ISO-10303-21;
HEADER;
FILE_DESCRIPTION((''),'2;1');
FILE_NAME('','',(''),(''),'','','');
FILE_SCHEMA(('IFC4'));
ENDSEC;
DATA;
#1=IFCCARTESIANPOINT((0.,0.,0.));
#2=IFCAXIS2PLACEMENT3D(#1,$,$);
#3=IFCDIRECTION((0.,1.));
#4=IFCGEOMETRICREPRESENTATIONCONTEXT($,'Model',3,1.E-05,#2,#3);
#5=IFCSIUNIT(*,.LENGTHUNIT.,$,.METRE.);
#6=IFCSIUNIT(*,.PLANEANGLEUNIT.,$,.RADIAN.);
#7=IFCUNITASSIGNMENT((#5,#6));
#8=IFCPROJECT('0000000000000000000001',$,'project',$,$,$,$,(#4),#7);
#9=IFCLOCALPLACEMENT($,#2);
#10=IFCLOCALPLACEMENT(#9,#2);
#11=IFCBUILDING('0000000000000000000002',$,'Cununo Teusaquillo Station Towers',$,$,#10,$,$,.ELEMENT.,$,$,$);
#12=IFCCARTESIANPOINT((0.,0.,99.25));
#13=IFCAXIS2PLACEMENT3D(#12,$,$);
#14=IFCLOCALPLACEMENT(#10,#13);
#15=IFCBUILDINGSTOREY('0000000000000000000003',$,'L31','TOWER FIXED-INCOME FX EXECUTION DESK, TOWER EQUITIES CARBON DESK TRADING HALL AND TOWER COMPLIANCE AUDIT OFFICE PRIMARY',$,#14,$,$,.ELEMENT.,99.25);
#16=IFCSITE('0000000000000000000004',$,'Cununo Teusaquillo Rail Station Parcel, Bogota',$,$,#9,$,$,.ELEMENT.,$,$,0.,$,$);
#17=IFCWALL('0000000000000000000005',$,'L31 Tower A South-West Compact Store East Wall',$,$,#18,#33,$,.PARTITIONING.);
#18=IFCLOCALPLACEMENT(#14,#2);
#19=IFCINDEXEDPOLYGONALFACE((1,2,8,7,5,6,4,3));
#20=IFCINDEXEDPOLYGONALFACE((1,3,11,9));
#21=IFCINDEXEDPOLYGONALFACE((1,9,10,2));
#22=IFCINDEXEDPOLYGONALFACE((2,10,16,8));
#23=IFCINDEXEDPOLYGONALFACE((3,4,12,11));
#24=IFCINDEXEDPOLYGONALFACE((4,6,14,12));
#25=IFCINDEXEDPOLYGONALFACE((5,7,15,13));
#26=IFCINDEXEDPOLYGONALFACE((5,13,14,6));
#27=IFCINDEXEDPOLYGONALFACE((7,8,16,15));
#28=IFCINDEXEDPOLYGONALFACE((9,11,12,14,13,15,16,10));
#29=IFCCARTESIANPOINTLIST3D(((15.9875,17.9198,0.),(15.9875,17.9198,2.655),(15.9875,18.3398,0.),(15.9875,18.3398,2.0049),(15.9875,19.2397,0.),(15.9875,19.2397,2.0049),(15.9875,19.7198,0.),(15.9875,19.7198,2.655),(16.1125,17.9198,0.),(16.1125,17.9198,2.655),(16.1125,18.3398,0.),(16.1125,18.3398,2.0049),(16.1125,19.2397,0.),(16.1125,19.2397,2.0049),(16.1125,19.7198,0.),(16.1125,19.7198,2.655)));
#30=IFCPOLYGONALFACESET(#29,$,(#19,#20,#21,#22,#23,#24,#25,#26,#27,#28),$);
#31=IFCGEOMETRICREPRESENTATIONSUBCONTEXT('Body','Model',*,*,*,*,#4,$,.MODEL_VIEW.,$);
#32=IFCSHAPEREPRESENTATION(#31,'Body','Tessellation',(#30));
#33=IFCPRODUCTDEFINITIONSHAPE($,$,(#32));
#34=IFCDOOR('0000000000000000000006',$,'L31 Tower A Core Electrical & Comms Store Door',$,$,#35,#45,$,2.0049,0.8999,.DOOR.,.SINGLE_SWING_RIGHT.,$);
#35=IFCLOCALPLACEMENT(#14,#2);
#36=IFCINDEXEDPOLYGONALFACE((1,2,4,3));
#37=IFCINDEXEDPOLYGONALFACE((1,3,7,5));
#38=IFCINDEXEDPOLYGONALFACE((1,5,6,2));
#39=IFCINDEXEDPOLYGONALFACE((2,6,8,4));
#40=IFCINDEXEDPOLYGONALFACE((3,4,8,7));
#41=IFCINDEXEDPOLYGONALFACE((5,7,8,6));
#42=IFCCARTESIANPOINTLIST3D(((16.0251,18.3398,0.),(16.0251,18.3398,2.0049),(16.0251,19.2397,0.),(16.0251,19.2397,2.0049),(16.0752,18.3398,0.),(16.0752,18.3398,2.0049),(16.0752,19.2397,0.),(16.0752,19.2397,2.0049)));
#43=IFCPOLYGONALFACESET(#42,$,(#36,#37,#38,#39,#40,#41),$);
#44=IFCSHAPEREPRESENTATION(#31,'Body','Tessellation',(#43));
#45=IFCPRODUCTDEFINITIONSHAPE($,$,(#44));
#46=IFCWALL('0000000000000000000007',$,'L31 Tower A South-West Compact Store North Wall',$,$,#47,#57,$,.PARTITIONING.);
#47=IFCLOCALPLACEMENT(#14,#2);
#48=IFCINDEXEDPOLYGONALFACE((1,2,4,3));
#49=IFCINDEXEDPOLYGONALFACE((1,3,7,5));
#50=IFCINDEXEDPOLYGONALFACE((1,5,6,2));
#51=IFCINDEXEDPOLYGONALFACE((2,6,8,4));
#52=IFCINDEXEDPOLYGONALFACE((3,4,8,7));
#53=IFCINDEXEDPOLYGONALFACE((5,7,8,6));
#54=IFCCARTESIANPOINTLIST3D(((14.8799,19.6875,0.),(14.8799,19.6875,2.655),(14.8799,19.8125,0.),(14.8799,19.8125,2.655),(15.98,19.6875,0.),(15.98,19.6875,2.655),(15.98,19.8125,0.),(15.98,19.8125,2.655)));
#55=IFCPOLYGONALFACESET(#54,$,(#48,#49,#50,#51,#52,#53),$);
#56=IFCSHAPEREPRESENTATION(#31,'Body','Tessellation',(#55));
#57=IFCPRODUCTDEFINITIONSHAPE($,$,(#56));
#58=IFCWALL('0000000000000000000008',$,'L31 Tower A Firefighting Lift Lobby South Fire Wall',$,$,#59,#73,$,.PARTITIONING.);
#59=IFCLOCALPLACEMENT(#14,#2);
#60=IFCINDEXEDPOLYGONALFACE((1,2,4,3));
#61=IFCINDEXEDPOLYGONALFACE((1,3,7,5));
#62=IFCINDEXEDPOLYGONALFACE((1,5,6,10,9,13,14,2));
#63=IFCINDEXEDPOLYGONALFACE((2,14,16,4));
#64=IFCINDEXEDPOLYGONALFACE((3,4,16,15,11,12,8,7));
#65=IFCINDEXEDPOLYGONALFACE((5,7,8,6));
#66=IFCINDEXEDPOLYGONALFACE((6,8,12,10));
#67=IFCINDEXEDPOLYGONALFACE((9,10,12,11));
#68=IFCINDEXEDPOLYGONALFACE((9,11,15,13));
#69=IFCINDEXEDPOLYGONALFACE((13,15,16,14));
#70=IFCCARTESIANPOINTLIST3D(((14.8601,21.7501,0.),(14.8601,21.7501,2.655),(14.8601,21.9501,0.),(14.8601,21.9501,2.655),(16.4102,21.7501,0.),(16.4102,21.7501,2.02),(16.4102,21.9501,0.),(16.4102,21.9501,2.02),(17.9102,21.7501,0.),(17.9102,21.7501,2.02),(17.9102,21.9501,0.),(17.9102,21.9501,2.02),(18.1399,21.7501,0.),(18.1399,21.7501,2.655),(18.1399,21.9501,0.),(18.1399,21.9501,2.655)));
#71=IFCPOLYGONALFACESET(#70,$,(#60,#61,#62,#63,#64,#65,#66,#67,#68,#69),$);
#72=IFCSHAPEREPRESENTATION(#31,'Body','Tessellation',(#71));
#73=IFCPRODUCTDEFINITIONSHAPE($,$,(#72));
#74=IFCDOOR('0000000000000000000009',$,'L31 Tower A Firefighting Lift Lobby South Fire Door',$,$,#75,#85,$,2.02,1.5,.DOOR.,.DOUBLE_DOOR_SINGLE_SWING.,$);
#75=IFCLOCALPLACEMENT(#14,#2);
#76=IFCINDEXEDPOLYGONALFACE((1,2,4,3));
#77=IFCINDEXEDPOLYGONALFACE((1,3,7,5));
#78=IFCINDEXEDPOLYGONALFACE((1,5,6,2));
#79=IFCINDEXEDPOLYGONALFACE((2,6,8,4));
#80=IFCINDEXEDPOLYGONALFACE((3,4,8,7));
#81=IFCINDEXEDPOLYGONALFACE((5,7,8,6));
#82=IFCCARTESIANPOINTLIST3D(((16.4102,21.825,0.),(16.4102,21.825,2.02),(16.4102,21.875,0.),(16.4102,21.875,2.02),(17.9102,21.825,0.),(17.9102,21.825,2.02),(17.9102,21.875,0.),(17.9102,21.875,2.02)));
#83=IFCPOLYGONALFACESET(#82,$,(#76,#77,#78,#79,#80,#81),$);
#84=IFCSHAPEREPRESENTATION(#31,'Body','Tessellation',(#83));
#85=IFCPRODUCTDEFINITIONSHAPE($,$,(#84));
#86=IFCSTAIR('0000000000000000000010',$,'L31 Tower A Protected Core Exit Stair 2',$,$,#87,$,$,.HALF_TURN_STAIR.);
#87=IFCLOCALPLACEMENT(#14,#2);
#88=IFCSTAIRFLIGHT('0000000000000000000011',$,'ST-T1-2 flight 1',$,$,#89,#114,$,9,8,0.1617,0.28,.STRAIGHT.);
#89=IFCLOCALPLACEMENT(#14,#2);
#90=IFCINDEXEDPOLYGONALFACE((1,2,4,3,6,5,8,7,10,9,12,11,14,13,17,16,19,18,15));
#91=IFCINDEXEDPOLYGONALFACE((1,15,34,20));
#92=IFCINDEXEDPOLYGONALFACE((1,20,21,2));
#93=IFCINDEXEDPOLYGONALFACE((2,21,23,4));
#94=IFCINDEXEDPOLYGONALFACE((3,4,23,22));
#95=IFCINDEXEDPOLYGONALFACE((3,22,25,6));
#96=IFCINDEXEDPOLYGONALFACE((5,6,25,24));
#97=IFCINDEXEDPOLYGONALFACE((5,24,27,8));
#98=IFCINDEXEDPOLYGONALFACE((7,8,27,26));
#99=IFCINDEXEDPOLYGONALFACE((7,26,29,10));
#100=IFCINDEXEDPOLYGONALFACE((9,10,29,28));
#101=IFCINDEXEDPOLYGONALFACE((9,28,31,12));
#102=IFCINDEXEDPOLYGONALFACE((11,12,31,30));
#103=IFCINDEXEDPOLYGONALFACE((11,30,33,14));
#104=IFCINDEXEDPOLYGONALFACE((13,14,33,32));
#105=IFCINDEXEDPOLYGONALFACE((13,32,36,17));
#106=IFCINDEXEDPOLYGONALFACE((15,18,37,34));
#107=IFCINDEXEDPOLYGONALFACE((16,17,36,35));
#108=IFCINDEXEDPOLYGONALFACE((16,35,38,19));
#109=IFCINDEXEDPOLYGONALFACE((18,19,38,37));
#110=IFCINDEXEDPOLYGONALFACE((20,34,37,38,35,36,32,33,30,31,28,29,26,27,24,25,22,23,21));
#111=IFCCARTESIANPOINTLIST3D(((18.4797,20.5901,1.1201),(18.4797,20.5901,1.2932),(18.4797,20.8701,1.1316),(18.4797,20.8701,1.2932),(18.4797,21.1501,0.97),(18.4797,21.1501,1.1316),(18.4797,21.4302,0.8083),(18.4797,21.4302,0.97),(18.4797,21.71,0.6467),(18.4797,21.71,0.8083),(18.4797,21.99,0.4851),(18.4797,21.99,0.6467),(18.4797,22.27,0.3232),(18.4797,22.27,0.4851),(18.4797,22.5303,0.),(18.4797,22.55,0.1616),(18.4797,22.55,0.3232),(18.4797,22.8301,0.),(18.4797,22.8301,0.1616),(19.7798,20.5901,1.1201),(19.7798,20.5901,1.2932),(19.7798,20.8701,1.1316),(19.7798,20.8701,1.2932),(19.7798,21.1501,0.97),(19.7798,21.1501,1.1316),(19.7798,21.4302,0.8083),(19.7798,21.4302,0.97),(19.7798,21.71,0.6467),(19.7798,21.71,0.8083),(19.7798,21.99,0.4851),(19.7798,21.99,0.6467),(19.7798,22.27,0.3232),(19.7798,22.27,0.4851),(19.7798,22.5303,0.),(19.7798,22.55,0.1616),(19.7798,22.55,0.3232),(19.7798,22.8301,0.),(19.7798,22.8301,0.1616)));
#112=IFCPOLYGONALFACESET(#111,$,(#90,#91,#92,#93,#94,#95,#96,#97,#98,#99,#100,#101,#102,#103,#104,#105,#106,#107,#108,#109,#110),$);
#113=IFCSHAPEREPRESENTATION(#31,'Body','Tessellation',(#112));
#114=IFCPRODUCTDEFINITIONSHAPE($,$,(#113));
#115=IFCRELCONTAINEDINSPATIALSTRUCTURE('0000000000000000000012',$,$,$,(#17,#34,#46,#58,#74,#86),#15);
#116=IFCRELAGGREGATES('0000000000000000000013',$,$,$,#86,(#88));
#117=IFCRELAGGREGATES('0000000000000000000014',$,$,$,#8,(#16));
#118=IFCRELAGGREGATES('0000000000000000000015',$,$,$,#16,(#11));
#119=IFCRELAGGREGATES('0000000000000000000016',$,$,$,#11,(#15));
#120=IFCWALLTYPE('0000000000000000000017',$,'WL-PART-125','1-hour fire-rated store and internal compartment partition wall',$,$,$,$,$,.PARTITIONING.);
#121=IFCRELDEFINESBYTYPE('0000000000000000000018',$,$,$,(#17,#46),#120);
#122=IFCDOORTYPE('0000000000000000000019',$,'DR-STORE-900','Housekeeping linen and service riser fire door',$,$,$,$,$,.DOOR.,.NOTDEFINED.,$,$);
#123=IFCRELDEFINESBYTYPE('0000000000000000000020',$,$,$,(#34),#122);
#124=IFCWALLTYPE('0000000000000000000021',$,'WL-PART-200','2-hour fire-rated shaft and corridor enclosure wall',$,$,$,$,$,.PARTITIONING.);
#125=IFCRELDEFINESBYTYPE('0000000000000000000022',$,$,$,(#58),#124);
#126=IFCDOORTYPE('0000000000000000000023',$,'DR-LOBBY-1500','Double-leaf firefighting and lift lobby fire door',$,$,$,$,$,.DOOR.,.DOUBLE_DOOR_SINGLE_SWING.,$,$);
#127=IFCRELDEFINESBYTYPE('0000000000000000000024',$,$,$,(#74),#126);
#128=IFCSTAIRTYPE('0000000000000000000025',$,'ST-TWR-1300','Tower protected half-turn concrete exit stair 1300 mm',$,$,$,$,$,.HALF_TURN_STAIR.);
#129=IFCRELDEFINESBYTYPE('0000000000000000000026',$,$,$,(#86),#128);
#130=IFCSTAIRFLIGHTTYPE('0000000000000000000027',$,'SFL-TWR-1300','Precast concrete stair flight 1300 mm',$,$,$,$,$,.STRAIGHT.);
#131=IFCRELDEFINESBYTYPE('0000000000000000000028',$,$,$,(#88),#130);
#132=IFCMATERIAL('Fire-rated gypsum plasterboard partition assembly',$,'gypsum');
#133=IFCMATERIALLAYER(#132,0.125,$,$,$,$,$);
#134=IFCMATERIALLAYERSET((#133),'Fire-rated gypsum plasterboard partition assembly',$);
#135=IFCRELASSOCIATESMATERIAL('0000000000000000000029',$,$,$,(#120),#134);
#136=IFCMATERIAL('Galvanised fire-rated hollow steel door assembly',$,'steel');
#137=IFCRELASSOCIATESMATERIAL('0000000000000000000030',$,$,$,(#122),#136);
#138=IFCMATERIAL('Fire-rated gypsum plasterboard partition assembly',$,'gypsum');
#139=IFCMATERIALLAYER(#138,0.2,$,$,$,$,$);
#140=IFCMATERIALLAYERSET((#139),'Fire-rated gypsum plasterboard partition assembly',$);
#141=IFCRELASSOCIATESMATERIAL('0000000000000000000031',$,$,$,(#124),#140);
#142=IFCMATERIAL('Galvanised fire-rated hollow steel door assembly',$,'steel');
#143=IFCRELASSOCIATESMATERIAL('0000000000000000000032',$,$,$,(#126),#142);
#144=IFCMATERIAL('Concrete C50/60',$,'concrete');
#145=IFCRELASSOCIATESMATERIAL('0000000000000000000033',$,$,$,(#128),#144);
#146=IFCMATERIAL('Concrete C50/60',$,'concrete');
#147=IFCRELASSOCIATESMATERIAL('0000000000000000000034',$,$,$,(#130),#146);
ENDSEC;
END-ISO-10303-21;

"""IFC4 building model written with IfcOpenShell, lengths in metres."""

from ifc_helpers import new_model, si_unit, direction, frame, frame_2d, origin, place, context, subcontext, project, spatial, polyline, rectangle, outline, extrude, source, transform, mapped, material, layer, layer_set, type_object, element, fill, aggregate, save


model = new_model("IFC4")

# Units and contexts
model_context = context("Model", 3, precision=1e-05, world=origin(), true_north=direction((0.0, 1.0)))
body_context = subcontext(model_context, "Body", "Model", "MODEL_VIEW")
ifc_project = project(units=[si_unit("LENGTHUNIT", "METRE"), si_unit("PLANEANGLEUNIT", "RADIAN")], contexts=[model_context])

# Site, building, storey
site_placement = place(None, origin())
site = spatial("IfcSite", under=ifc_project, at=site_placement, Name="Cununo Teusaquillo Rail Station Parcel, Bogota", CompositionType="ELEMENT", RefElevation=0.0)
building_placement = place(site_placement, origin())
building = spatial("IfcBuilding", under=site, at=building_placement, Name="Cununo Teusaquillo Station Towers", CompositionType="ELEMENT")
storey_placement = place(building_placement, frame((0.0, 0.0, 99.25)))
storey = spatial("IfcBuildingStorey", under=building, at=storey_placement, Name="L31", Description="TOWER FIXED-INCOME FX EXECUTION DESK, TOWER EQUITIES CARBON DESK TRADING HALL AND TOWER COMPLIANCE AUDIT OFFICE PRIMARY", CompositionType="ELEMENT", Elevation=99.25)

# Wall, opening, door
ifc_material_1 = material(Name="Fire-rated gypsum plasterboard partition assembly", Category="gypsum")
ifc_layer_1 = layer(ifc_material_1, 0.125)
ifc_layer_set_1 = layer_set([ifc_layer_1], Name="Fire-rated gypsum plasterboard partition assembly")
wall_type_1 = type_object("IfcWallType", Name="WL-PART-125", Description="1-hour fire-rated store and internal compartment partition wall", PredefinedType="PARTITIONING", material=ifc_layer_set_1)
wall_1_placement = place(storey_placement, frame((16.05, 17.9199, 0.0), z_axis=(0.0, 0.0, 1.0), x_axis=(0.0, 1.0, 0.0)))
wall_1 = element("IfcWall", 1, at=wall_1_placement, inside=storey, type_object=wall_type_1, Name="L31 Tower A South-West Compact Store East Wall", PredefinedType="PARTITIONING", context=body_context, shape_type="SweptSolid", body=[
    extrude(rectangle(XDim=1.8, YDim=0.125, at=frame_2d((0.8999, 0.0))), origin(), (0.0, 0.0, 1.0), 2.655),
])
shared_shape_1 = source(origin(), body_context, "Body", "SweptSolid", [
    extrude(rectangle(XDim=0.8999, YDim=2.0049, at=frame_2d((0.45, 1.0024))), frame((0.0, 0.0725, 0.0), z_axis=(0.0, -1.0, 0.0), x_axis=(1.0, 0.0, 0.0)), (0.0, 0.0, 1.0), 0.145),
])
opening_1_placement = place(wall_1_placement, frame((0.4199, 0.0, 0.0)))
opening_1 = element("IfcOpeningElement", 2, at=opening_1_placement, cuts=wall_1, PredefinedType="OPENING", context=body_context, shape_type="MappedRepresentation", body=[
    mapped(shared_shape_1, transform((0.0, 0.0, 0.0), x_axis=(1.0, 0.0, 0.0), y_axis=(0.0, 1.0, 0.0), z_axis=(0.0, 0.0, 1.0), scale=1.0)),
])
ifc_material_2 = material(Name="Galvanised fire-rated hollow steel door assembly", Category="steel")
door_type_1 = type_object("IfcDoorType", Name="DR-STORE-900", Description="Housekeeping linen and service riser fire door", OperationType="NOTDEFINED", PredefinedType="DOOR", material=ifc_material_2)
shared_shape_2 = source(origin(), body_context, "Body", "SweptSolid", [
    extrude(rectangle(XDim=0.8999, YDim=2.0049, at=frame_2d((0.45, 1.0024))), frame((0.0, 0.0249, 0.0), z_axis=(0.0, -1.0, 0.0), x_axis=(1.0, 0.0, 0.0)), (0.0, 0.0, 1.0), 0.05),
])
door_1_placement = place(opening_1_placement, origin())
door_1 = element("IfcDoor", 3, at=door_1_placement, inside=storey, type_object=door_type_1, Name="L31 Tower A Core Electrical & Comms Store Door", OperationType="SINGLE_SWING_RIGHT", OverallHeight=2.0049, OverallWidth=0.8999, PredefinedType="DOOR", context=body_context, shape_type="MappedRepresentation", body=[
    mapped(shared_shape_2, transform((0.0, 0.0, 0.0), x_axis=(1.0, 0.0, 0.0), y_axis=(0.0, 1.0, 0.0), z_axis=(0.0, 0.0, 1.0), scale=1.0)),
])
fill(opening_1, door_1)

# Wall
wall_2_placement = place(storey_placement, frame((14.8799, 19.75, 0.0), z_axis=(0.0, 0.0, 1.0), x_axis=(1.0, 0.0, 0.0)))
element("IfcWall", 4, at=wall_2_placement, inside=storey, type_object=wall_type_1, Name="L31 Tower A South-West Compact Store North Wall", PredefinedType="PARTITIONING", context=body_context, shape_type="SweptSolid", body=[
    extrude(rectangle(XDim=1.1001, YDim=0.125, at=frame_2d((0.55, 0.0))), origin(), (0.0, 0.0, 1.0), 2.655),
])

# Wall, opening, door
ifc_material_3 = material(Name="Fire-rated gypsum plasterboard partition assembly", Category="gypsum")
ifc_layer_2 = layer(ifc_material_3, 0.2)
ifc_layer_set_2 = layer_set([ifc_layer_2], Name="Fire-rated gypsum plasterboard partition assembly")
wall_type_2 = type_object("IfcWallType", Name="WL-PART-200", Description="2-hour fire-rated shaft and corridor enclosure wall", PredefinedType="PARTITIONING", material=ifc_layer_set_2)
wall_3_placement = place(storey_placement, frame((14.8601, 21.8501, 0.0), z_axis=(0.0, 0.0, 1.0), x_axis=(1.0, 0.0, 0.0)))
wall_3 = element("IfcWall", 5, at=wall_3_placement, inside=storey, type_object=wall_type_2, Name="L31 Tower A Firefighting Lift Lobby South Fire Wall", PredefinedType="PARTITIONING", context=body_context, shape_type="SweptSolid", body=[
    extrude(rectangle(XDim=3.2798, YDim=0.2, at=frame_2d((1.6399, 0.0))), origin(), (0.0, 0.0, 1.0), 2.655),
])
shared_shape_3 = source(origin(), body_context, "Body", "SweptSolid", [
    extrude(rectangle(XDim=1.5, YDim=2.02, at=frame_2d((0.75, 1.01))), frame((0.0, 0.1099, 0.0), z_axis=(0.0, -1.0, 0.0), x_axis=(1.0, 0.0, 0.0)), (0.0, 0.0, 1.0), 0.22),
])
opening_2_placement = place(wall_3_placement, frame((1.55, 0.0, 0.0)))
opening_2 = element("IfcOpeningElement", 6, at=opening_2_placement, cuts=wall_3, PredefinedType="OPENING", context=body_context, shape_type="MappedRepresentation", body=[
    mapped(shared_shape_3, transform((0.0, 0.0, 0.0), x_axis=(1.0, 0.0, 0.0), y_axis=(0.0, 1.0, 0.0), z_axis=(0.0, 0.0, 1.0), scale=1.0)),
])
ifc_material_4 = material(Name="Galvanised fire-rated hollow steel door assembly", Category="steel")
door_type_2 = type_object("IfcDoorType", Name="DR-LOBBY-1500", Description="Double-leaf firefighting and lift lobby fire door", OperationType="DOUBLE_DOOR_SINGLE_SWING", PredefinedType="DOOR", material=ifc_material_4)
shared_shape_4 = source(origin(), body_context, "Body", "SweptSolid", [
    extrude(rectangle(XDim=1.5, YDim=2.02, at=frame_2d((0.75, 1.01))), frame((0.0, 0.0249, 0.0), z_axis=(0.0, -1.0, 0.0), x_axis=(1.0, 0.0, 0.0)), (0.0, 0.0, 1.0), 0.05),
])
door_2_placement = place(opening_2_placement, origin())
door_2 = element("IfcDoor", 7, at=door_2_placement, inside=storey, type_object=door_type_2, Name="L31 Tower A Firefighting Lift Lobby South Fire Door", OperationType="DOUBLE_DOOR_SINGLE_SWING", OverallHeight=2.02, OverallWidth=1.5, PredefinedType="DOOR", context=body_context, shape_type="MappedRepresentation", body=[
    mapped(shared_shape_4, transform((0.0, 0.0, 0.0), x_axis=(1.0, 0.0, 0.0), y_axis=(0.0, 1.0, 0.0), z_axis=(0.0, 0.0, 1.0), scale=1.0)),
])
fill(opening_2, door_2)

# Stair, stair flight
ifc_material_5 = material(Name="Concrete C50/60", Category="concrete")
stair_type = type_object("IfcStairType", Name="ST-TWR-1300", Description="Tower protected half-turn concrete exit stair 1300 mm", PredefinedType="HALF_TURN_STAIR", material=ifc_material_5)
stair_placement = place(storey_placement, origin())
stair = element("IfcStair", 8, at=stair_placement, inside=storey, type_object=stair_type, Name="L31 Tower A Protected Core Exit Stair 2", PredefinedType="HALF_TURN_STAIR")
ifc_material_6 = material(Name="Concrete C50/60", Category="concrete")
stair_flight_type = type_object("IfcStairFlightType", Name="SFL-TWR-1300", Description="Precast concrete stair flight 1300 mm", PredefinedType="STRAIGHT", material=ifc_material_6)
stair_flight_placement = place(storey_placement, frame((19.1299, 22.8301, 0.0), z_axis=(0.0, 0.0, 1.0), x_axis=(0.0, -1.0, 0.0)))
stair_flight = element("IfcStairFlight", 9, at=stair_flight_placement, type_object=stair_flight_type, Name="ST-T1-2 flight 1", NumberOfRisers=9, NumberOfTreads=8, PredefinedType="STRAIGHT", RiserHeight=0.1617, TreadLength=0.28, context=body_context, shape_type="SweptSolid", body=[
    extrude(outline(polyline([(0.0, 0.0), (0.0, 0.1616), (0.28, 0.1616), (0.28, 0.3232), (0.5601, 0.3232), (0.5601, 0.4851), (0.8401, 0.4851), (0.8401, 0.6467), (1.1201, 0.6467), (1.1201, 0.8083), (1.3999, 0.8083), (1.3999, 0.97), (1.6799, 0.97), (1.6799, 1.1316), (1.96, 1.1316), (1.96, 1.2932), (2.24, 1.2932), (2.24, 1.4551), (2.24, 1.1201), (0.2998, 0.0), (0.0, 0.0)])), frame((0.0, 0.6499, 0.0), z_axis=(0.0, -1.0, 0.0), x_axis=(1.0, 0.0, 0.0)), (0.0, 0.0, 1.0), 1.3),
])
aggregate(stair, [stair_flight])

save(model, "model.ifc")
